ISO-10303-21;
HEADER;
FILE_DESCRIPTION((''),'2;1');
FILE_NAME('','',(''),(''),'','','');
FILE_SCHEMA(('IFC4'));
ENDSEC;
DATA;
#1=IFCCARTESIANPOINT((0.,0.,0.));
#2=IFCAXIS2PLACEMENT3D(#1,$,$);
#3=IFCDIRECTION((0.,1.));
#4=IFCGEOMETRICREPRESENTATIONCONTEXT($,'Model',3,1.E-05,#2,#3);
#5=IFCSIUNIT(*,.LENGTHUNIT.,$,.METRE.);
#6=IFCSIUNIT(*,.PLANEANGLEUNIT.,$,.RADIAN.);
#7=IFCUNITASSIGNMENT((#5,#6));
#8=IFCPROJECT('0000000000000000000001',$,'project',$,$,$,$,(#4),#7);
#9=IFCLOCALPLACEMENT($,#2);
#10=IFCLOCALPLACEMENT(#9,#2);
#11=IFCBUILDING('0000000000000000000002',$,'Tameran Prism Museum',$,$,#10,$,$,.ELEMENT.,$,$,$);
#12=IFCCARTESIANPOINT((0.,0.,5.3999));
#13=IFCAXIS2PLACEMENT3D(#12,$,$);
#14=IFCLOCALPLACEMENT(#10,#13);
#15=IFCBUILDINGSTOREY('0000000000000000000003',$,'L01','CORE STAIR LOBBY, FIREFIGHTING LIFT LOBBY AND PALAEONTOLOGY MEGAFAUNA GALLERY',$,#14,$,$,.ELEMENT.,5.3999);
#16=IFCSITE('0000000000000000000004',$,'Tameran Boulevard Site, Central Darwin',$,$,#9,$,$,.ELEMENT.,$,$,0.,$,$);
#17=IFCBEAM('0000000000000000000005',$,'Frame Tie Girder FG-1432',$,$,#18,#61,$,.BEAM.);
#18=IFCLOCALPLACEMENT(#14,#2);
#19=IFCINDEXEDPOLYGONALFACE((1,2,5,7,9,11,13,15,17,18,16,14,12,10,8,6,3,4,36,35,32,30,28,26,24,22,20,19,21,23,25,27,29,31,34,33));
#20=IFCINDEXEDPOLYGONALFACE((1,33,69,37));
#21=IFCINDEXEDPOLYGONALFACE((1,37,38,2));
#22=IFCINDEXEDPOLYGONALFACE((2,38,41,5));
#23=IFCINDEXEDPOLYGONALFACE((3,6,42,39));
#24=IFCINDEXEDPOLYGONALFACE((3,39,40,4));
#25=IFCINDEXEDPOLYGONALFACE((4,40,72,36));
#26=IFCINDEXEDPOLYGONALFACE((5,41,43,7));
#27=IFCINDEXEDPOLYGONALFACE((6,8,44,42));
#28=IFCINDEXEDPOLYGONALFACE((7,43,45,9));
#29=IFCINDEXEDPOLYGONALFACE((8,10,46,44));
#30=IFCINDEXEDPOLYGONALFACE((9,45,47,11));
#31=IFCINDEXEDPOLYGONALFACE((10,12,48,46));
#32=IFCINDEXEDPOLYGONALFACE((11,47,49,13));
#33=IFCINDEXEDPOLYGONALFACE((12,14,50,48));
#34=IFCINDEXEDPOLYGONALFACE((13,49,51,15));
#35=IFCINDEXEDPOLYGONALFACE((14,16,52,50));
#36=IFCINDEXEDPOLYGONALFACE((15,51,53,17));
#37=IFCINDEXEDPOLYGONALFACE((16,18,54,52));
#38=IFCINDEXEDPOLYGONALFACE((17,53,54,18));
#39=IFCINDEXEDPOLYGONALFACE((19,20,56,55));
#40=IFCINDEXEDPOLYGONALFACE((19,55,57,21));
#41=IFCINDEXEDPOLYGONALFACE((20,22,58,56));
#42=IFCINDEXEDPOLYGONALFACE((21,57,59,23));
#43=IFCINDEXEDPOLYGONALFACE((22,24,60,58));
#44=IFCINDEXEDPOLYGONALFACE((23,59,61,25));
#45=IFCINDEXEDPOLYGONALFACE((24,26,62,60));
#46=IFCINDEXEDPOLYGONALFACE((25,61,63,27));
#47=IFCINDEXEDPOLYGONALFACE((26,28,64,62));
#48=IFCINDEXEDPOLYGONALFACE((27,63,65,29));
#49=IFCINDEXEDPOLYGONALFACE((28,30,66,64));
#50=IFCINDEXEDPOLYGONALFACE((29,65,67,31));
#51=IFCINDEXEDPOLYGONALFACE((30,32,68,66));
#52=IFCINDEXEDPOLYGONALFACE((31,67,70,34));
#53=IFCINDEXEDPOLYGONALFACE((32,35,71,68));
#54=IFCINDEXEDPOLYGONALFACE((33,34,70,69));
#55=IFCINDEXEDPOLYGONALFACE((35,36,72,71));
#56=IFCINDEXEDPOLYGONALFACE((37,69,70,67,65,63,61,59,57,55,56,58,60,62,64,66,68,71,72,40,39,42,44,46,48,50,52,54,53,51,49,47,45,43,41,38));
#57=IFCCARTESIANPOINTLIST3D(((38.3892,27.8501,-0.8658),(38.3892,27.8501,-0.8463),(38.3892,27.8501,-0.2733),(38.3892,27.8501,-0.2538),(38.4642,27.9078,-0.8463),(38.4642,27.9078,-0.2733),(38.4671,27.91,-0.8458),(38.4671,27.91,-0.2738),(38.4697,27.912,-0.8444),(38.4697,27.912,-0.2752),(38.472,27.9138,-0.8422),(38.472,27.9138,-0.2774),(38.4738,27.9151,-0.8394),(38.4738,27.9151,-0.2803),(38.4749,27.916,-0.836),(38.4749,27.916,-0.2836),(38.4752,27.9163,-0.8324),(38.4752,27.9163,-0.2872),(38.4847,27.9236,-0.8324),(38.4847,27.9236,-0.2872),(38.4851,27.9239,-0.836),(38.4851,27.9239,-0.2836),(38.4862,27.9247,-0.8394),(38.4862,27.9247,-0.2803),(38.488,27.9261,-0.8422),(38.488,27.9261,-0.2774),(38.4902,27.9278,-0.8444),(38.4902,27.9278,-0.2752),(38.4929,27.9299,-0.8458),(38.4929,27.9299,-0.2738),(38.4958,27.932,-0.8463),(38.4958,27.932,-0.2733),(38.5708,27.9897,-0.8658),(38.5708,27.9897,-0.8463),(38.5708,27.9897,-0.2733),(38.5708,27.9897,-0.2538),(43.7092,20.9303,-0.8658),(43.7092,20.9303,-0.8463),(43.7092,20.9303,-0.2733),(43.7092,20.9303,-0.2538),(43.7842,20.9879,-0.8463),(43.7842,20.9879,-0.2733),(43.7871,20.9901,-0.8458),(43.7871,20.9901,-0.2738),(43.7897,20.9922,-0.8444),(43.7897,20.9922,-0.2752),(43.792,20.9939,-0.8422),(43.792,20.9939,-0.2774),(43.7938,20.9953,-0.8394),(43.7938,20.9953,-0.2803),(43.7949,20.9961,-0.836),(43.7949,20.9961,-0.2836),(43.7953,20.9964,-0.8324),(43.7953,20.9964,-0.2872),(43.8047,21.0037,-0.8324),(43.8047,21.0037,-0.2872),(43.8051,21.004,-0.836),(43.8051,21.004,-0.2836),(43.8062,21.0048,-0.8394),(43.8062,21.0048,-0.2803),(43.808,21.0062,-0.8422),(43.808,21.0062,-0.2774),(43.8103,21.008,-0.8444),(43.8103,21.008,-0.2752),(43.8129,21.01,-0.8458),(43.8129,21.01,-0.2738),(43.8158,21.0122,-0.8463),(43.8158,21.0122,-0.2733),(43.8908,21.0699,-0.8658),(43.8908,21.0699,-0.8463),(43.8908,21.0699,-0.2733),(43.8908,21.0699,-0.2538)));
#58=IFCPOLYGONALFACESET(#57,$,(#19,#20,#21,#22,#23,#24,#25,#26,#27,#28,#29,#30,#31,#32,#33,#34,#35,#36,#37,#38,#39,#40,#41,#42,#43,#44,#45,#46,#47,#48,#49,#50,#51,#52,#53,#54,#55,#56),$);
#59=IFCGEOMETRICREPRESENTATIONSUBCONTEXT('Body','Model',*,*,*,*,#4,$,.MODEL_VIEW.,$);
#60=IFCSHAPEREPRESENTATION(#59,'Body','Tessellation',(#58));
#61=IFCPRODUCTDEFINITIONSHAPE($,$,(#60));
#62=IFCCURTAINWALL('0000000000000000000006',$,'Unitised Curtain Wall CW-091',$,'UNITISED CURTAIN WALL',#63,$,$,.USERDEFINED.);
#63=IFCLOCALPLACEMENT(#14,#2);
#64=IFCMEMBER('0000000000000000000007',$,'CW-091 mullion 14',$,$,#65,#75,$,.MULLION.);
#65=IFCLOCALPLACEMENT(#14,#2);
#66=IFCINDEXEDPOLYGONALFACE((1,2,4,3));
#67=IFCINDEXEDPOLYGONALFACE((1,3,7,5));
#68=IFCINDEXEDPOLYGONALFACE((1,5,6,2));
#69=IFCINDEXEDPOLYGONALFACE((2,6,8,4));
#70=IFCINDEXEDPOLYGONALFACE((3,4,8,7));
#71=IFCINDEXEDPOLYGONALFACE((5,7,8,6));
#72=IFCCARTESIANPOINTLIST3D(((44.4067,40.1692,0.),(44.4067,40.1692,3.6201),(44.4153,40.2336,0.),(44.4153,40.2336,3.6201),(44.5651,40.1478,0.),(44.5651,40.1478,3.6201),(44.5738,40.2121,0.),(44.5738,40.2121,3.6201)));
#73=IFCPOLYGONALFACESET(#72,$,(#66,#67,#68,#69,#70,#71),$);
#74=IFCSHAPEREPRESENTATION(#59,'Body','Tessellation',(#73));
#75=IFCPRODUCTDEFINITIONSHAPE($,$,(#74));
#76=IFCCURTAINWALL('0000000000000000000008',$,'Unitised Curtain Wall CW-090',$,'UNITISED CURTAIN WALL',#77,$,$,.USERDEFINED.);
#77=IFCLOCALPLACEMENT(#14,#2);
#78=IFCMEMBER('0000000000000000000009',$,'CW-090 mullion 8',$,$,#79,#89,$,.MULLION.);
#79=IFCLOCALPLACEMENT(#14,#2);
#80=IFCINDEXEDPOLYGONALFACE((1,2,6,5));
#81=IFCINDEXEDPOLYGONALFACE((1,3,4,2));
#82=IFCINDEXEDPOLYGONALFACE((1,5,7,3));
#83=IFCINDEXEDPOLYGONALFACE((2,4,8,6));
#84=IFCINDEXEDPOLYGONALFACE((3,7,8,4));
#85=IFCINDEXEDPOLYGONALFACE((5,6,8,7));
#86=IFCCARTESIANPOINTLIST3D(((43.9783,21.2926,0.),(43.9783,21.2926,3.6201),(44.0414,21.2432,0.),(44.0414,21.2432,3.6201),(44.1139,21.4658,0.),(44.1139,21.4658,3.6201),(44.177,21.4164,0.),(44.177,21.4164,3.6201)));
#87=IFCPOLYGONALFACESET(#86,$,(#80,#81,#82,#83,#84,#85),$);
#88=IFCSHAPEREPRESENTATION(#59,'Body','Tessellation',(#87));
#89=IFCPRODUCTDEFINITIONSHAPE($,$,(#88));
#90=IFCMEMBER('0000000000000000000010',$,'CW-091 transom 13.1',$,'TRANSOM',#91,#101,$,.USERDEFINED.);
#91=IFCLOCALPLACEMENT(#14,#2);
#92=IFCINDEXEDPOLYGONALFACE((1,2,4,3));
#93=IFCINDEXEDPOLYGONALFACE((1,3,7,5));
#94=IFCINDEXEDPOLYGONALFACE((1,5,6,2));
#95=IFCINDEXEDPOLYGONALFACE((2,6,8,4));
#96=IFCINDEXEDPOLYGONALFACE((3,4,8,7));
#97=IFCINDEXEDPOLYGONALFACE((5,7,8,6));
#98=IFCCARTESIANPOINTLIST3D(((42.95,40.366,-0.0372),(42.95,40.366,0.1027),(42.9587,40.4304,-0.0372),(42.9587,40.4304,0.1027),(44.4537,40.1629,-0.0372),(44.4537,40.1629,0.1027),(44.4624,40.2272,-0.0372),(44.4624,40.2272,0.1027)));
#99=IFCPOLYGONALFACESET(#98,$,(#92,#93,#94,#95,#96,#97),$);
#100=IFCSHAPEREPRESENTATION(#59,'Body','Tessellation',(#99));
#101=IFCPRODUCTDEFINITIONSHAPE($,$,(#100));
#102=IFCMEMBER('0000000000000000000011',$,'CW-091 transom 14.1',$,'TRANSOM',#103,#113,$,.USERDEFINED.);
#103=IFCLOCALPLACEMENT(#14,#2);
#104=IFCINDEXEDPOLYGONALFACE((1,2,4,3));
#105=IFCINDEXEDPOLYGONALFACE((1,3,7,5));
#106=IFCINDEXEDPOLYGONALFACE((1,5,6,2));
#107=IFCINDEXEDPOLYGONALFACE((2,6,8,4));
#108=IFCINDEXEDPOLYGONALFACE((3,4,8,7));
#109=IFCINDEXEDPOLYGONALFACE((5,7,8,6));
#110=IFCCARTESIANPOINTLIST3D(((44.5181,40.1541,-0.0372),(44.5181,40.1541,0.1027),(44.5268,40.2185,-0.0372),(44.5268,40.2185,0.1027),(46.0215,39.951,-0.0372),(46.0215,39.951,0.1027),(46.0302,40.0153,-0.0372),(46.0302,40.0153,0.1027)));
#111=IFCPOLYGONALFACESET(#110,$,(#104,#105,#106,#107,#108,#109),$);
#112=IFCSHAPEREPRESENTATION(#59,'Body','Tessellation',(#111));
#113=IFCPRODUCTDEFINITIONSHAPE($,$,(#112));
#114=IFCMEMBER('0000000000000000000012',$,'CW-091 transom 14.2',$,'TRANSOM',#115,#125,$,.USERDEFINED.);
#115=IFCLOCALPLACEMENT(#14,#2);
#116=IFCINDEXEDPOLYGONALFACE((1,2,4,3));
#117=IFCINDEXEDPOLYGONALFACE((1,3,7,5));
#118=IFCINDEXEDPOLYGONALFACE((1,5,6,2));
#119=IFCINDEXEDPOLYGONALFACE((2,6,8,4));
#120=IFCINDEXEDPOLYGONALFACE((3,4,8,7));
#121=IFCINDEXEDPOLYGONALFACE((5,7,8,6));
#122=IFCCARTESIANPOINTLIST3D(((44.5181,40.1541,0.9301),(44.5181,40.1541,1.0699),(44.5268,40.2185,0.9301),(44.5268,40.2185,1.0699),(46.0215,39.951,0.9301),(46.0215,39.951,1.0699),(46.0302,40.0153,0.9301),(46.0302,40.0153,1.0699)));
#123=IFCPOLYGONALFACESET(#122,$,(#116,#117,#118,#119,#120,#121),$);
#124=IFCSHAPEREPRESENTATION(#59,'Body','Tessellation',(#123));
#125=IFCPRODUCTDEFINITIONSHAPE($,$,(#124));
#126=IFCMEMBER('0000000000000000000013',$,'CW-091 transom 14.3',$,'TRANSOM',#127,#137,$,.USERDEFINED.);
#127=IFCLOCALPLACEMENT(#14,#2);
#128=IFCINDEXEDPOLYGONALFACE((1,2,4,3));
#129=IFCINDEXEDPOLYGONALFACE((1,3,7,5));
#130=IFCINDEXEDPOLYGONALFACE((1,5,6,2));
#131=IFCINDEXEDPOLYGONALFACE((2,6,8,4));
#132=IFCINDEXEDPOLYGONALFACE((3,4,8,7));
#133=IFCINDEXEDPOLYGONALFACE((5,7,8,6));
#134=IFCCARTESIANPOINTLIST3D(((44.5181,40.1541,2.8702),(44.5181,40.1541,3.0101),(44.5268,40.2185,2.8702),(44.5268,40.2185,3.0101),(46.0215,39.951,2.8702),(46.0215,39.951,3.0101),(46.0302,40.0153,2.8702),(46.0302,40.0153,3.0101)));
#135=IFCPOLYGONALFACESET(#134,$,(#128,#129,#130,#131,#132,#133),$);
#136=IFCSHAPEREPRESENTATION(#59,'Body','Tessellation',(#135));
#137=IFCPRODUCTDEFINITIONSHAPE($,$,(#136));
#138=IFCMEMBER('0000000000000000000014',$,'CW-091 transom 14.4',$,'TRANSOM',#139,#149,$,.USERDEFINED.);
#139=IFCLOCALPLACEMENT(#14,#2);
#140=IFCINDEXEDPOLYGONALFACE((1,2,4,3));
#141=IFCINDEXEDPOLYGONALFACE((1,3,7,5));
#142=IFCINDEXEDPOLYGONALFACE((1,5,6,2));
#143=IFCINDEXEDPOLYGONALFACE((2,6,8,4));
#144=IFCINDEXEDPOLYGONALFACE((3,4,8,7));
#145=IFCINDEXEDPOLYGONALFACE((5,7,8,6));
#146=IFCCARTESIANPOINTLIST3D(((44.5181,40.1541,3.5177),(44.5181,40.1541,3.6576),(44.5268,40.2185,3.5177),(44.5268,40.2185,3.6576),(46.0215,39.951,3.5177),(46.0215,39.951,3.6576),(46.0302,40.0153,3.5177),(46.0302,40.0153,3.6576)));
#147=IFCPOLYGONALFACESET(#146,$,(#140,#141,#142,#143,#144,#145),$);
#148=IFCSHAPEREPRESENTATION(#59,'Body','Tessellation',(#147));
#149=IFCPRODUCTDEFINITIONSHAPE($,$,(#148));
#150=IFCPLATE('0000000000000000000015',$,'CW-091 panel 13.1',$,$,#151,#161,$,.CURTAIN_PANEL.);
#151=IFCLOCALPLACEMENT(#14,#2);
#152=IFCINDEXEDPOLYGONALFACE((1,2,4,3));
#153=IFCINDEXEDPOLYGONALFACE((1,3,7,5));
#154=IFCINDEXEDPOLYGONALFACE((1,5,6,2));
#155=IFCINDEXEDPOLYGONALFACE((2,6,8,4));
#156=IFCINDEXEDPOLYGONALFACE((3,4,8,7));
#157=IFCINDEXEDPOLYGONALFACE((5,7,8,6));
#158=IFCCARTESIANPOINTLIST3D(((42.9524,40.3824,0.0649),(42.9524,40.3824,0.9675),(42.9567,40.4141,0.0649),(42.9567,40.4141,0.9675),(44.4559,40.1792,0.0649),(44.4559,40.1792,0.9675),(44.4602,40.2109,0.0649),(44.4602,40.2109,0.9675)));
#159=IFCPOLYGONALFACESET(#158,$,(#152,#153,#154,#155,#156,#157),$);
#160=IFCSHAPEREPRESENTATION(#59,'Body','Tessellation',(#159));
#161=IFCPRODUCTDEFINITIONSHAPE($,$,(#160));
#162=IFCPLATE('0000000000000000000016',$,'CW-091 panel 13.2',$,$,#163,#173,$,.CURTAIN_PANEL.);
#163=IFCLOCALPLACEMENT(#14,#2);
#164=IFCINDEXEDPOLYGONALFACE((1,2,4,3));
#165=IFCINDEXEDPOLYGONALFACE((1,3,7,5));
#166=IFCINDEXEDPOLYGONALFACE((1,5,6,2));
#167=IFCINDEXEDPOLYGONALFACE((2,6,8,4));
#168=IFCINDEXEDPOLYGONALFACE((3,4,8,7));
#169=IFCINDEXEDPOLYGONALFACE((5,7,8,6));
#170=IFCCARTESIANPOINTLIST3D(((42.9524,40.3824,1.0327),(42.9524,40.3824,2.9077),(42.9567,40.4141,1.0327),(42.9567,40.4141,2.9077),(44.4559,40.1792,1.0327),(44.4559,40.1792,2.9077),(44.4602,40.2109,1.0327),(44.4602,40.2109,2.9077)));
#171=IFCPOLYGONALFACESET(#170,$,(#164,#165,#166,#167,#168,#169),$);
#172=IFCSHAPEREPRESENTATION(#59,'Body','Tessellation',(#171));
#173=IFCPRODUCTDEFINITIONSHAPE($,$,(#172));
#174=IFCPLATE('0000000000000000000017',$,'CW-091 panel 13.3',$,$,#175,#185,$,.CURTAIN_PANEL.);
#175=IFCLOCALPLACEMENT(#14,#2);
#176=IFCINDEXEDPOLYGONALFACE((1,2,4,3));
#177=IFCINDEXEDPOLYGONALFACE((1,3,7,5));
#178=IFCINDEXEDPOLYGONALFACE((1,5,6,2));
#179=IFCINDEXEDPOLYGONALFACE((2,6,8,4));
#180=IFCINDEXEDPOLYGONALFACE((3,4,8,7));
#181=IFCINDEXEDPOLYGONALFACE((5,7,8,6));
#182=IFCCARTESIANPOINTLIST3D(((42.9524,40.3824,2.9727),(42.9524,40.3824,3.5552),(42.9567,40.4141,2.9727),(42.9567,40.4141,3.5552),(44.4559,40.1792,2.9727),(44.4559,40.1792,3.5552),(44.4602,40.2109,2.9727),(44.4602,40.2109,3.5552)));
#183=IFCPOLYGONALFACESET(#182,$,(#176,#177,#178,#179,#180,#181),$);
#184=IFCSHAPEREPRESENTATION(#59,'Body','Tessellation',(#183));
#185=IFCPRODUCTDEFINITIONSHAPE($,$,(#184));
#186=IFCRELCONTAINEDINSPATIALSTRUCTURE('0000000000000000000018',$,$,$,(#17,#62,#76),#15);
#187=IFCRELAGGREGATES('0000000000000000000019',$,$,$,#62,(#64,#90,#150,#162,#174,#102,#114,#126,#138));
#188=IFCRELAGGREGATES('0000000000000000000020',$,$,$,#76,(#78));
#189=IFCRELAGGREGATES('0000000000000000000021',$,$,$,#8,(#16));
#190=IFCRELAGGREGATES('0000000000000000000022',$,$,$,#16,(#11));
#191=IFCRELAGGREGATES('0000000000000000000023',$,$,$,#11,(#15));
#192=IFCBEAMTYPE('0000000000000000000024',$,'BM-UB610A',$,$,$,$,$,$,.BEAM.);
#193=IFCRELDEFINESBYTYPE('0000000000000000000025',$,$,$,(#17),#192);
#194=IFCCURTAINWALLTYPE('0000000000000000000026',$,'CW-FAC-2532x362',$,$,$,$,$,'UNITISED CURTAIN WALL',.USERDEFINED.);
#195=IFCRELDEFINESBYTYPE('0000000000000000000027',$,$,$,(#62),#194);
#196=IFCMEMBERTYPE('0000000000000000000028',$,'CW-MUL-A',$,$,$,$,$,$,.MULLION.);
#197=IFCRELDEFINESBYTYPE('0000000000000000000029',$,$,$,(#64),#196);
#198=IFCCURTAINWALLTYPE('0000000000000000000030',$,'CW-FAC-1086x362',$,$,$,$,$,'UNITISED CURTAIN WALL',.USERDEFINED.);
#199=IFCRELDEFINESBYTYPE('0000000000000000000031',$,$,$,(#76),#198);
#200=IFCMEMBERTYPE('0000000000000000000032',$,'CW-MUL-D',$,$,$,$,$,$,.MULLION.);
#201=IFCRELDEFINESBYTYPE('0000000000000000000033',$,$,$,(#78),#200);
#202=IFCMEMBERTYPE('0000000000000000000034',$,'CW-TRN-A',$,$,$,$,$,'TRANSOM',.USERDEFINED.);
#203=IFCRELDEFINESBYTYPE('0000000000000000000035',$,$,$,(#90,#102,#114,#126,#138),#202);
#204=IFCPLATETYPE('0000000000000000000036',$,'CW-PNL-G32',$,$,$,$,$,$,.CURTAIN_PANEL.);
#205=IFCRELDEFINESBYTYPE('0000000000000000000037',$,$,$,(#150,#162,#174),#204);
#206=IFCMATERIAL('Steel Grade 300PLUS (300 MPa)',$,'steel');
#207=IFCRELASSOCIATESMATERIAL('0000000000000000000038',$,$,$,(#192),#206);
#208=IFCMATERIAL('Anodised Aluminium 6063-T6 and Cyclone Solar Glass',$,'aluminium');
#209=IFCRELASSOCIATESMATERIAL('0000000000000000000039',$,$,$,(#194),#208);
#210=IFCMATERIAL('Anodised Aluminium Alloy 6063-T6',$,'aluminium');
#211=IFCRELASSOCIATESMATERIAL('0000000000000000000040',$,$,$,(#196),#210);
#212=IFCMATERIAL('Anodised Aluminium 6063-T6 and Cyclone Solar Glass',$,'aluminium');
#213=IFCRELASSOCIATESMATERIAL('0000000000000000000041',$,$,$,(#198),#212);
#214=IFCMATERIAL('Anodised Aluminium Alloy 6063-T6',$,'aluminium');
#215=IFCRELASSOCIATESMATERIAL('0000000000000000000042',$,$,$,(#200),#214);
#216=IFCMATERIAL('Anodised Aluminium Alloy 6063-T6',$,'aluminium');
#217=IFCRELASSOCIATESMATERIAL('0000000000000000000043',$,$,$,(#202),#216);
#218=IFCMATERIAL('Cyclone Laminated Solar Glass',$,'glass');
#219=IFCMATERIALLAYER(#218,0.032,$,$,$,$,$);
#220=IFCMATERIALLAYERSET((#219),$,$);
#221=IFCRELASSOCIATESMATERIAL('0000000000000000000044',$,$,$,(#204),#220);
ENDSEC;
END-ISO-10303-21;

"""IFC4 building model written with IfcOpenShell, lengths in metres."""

from ifc_helpers import new_model, si_unit, direction, frame, origin, origin_2d, place, context, subcontext, project, spatial, rectangle, i_section, extrude, material, layer, layer_set, material_profile, profile_set, type_object, element, aggregate, save


model = new_model("IFC4")

# Units and contexts
model_context = context("Model", 3, precision=1e-05, world=origin(), true_north=direction((0.0, 1.0)))
body_context = subcontext(model_context, "Body", "Model", "MODEL_VIEW")
ifc_project = project(units=[si_unit("LENGTHUNIT", "METRE"), si_unit("PLANEANGLEUNIT", "RADIAN")], contexts=[model_context])

# Site, building, storey
site_placement = place(None, origin())
site = spatial("IfcSite", under=ifc_project, at=site_placement, Name="Tameran Boulevard Site, Central Darwin", CompositionType="ELEMENT", RefElevation=0.0)
building_placement = place(site_placement, origin())
building = spatial("IfcBuilding", under=site, at=building_placement, Name="Tameran Prism Museum", CompositionType="ELEMENT")
storey_placement = place(building_placement, frame((0.0, 0.0, 5.3999)))
storey = spatial("IfcBuildingStorey", under=building, at=storey_placement, Name="L01", Description="CORE STAIR LOBBY, FIREFIGHTING LIFT LOBBY AND PALAEONTOLOGY MEGAFAUNA GALLERY", CompositionType="ELEMENT", Elevation=5.3999)

# Beam
ifc_material_1 = material(Name="Steel Grade 300PLUS (300 MPa)", Category="steel")
ifc_material_profile_1 = material_profile(ifc_material_1, i_section(OverallWidth=0.229, OverallDepth=0.6121, WebThickness=0.012, FlangeThickness=0.0195, FilletRadius=0.0139, at=origin_2d()))
ifc_profile_set_1 = profile_set([ifc_material_profile_1])
beam_type_1 = type_object("IfcBeamType", Name="BM-UB610A", PredefinedType="BEAM", material=ifc_profile_set_1)
beam_1_placement = place(storey_placement, frame((38.48, 27.9199, -0.5598), z_axis=(0.609499, -0.792787, 0.0), x_axis=(0.792787, 0.609499, 0.0)))
element("IfcBeam", 1, at=beam_1_placement, inside=storey, type_object=beam_type_1, Name="Frame Tie Girder FG-1432", PredefinedType="BEAM", context=body_context, shape_type="SweptSolid", body=[
    extrude(i_section(OverallWidth=0.229, OverallDepth=0.6121, WebThickness=0.012, FlangeThickness=0.0195, FilletRadius=0.0139, at=origin_2d()), origin(), (0.0, 0.0, 1.0), 8.7285),
])

# Curtain walls, members
ifc_material_2 = material(Name="Anodised Aluminium 6063-T6 and Cyclone Solar Glass", Category="aluminium")
curtain_wall_type_1 = type_object("IfcCurtainWallType", Name="CW-FAC-2532x362", ElementType="UNITISED CURTAIN WALL", PredefinedType="USERDEFINED", material=ifc_material_2)
curtain_wall_1_placement = place(storey_placement, origin())
curtain_wall_1 = element("IfcCurtainWall", 2, at=curtain_wall_1_placement, inside=storey, type_object=curtain_wall_type_1, Name="Unitised Curtain Wall CW-091", ObjectType="UNITISED CURTAIN WALL", PredefinedType="USERDEFINED")
ifc_material_3 = material(Name="Anodised Aluminium Alloy 6063-T6", Category="aluminium")
ifc_material_profile_2 = material_profile(ifc_material_3, rectangle(XDim=0.0649, YDim=0.1599, at=origin_2d()))
ifc_profile_set_2 = profile_set([ifc_material_profile_2])
member_type_1 = type_object("IfcMemberType", Name="CW-MUL-A", PredefinedType="MULLION", material=ifc_profile_set_2)
member_1_placement = place(storey_placement, frame((44.4902, 40.1907, 0.0), z_axis=(0.0, 0.0, 1.0), x_axis=(0.133913, 0.990993, 0.0)))
member_1 = element("IfcMember", 3, at=member_1_placement, type_object=member_type_1, Name="CW-091 mullion 14", PredefinedType="MULLION", context=body_context, shape_type="SweptSolid", body=[
    extrude(rectangle(XDim=0.0649, YDim=0.1599, at=origin_2d()), origin(), (0.0, 0.0, 1.0), 3.6201),
])
ifc_material_4 = material(Name="Anodised Aluminium 6063-T6 and Cyclone Solar Glass", Category="aluminium")
curtain_wall_type_2 = type_object("IfcCurtainWallType", Name="CW-FAC-1086x362", ElementType="UNITISED CURTAIN WALL", PredefinedType="USERDEFINED", material=ifc_material_4)
curtain_wall_2_placement = place(storey_placement, origin())
curtain_wall_2 = element("IfcCurtainWall", 4, at=curtain_wall_2_placement, inside=storey, type_object=curtain_wall_type_2, Name="Unitised Curtain Wall CW-090", ObjectType="UNITISED CURTAIN WALL", PredefinedType="USERDEFINED")
ifc_material_5 = material(Name="Anodised Aluminium Alloy 6063-T6", Category="aluminium")
ifc_material_profile_3 = material_profile(ifc_material_5, rectangle(XDim=0.0801, YDim=0.22, at=origin_2d()))
ifc_profile_set_3 = profile_set([ifc_material_profile_3])
member_type_2 = type_object("IfcMemberType", Name="CW-MUL-D", PredefinedType="MULLION", material=ifc_profile_set_3)
member_2_placement = place(storey_placement, frame((44.0776, 21.3545, 0.0), z_axis=(0.0, 0.0, 1.0), x_axis=(0.787524, -0.616283, 0.0)))
member_2 = element("IfcMember", 5, at=member_2_placement, type_object=member_type_2, Name="CW-090 mullion 8", PredefinedType="MULLION", context=body_context, shape_type="SweptSolid", body=[
    extrude(rectangle(XDim=0.0801, YDim=0.22, at=origin_2d()), origin(), (0.0, 0.0, 1.0), 3.6201),
])

# Members
ifc_material_6 = material(Name="Anodised Aluminium Alloy 6063-T6", Category="aluminium")
ifc_material_profile_4 = material_profile(ifc_material_6, rectangle(XDim=0.0649, YDim=0.1399, at=origin_2d()))
ifc_profile_set_4 = profile_set([ifc_material_profile_4])
member_type_3 = type_object("IfcMemberType", Name="CW-TRN-A", ElementType="TRANSOM", PredefinedType="USERDEFINED", material=ifc_profile_set_4)
member_3_placement = place(storey_placement, frame((42.9543, 40.3982, 0.0327), z_axis=(0.990999, -0.133871, 0.0), x_axis=(0.133871, 0.990999, 0.0)))
member_3 = element("IfcMember", 6, at=member_3_placement, type_object=member_type_3, Name="CW-091 transom 13.1", ObjectType="TRANSOM", PredefinedType="USERDEFINED", context=body_context, shape_type="SweptSolid", body=[
    extrude(rectangle(XDim=0.0649, YDim=0.1399, at=origin_2d()), origin(), (0.0, 0.0, 1.0), 1.5173),
])
member_4_placement = place(storey_placement, frame((44.5225, 40.1863, 0.0327), z_axis=(0.990996, -0.133892, 0.0), x_axis=(0.133892, 0.990996, 0.0)))
member_4 = element("IfcMember", 7, at=member_4_placement, type_object=member_type_3, Name="CW-091 transom 14.1", ObjectType="TRANSOM", PredefinedType="USERDEFINED", context=body_context, shape_type="SweptSolid", body=[
    extrude(rectangle(XDim=0.0649, YDim=0.1399, at=origin_2d()), origin(), (0.0, 0.0, 1.0), 1.5171),
])
member_5_placement = place(storey_placement, frame((44.5225, 40.1863, 1.0), z_axis=(0.990996, -0.133892, 0.0), x_axis=(0.133892, 0.990996, 0.0)))
member_5 = element("IfcMember", 8, at=member_5_placement, type_object=member_type_3, Name="CW-091 transom 14.2", ObjectType="TRANSOM", PredefinedType="USERDEFINED", context=body_context, shape_type="SweptSolid", body=[
    extrude(rectangle(XDim=0.0649, YDim=0.1399, at=origin_2d()), origin(), (0.0, 0.0, 1.0), 1.5171),
])
member_6_placement = place(storey_placement, frame((44.5225, 40.1863, 2.9402), z_axis=(0.990996, -0.133892, 0.0), x_axis=(0.133892, 0.990996, 0.0)))
member_6 = element("IfcMember", 9, at=member_6_placement, type_object=member_type_3, Name="CW-091 transom 14.3", ObjectType="TRANSOM", PredefinedType="USERDEFINED", context=body_context, shape_type="SweptSolid", body=[
    extrude(rectangle(XDim=0.0649, YDim=0.1399, at=origin_2d()), origin(), (0.0, 0.0, 1.0), 1.5171),
])
member_7_placement = place(storey_placement, frame((44.5225, 40.1863, 3.5876), z_axis=(0.990996, -0.133892, 0.0), x_axis=(0.133892, 0.990996, 0.0)))
member_7 = element("IfcMember", 10, at=member_7_placement, type_object=member_type_3, Name="CW-091 transom 14.4", ObjectType="TRANSOM", PredefinedType="USERDEFINED", context=body_context, shape_type="SweptSolid", body=[
    extrude(rectangle(XDim=0.0649, YDim=0.1399, at=origin_2d()), origin(), (0.0, 0.0, 1.0), 1.5171),
])

# Plates
ifc_material_7 = material(Name="Cyclone Laminated Solar Glass", Category="glass")
ifc_layer_1 = layer(ifc_material_7, 0.032)
ifc_layer_set_1 = layer_set([ifc_layer_1])
plate_type_1 = type_object("IfcPlateType", Name="CW-PNL-G32", PredefinedType="CURTAIN_PANEL", material=ifc_layer_set_1)
plate_1_placement = place(storey_placement, frame((43.7063, 40.2966, 0.0649), z_axis=(0.0, 0.0, 1.0), x_axis=(0.990993, -0.133913, 0.0)))
plate_1 = element("IfcPlate", 11, at=plate_1_placement, type_object=plate_type_1, Name="CW-091 panel 13.1", PredefinedType="CURTAIN_PANEL", context=body_context, shape_type="SweptSolid", body=[
    extrude(rectangle(XDim=1.5171, YDim=0.032, at=origin_2d()), origin(), (0.0, 0.0, 1.0), 0.9026),
])
plate_2_placement = place(storey_placement, frame((43.7063, 40.2966, 1.0327), z_axis=(0.0, 0.0, 1.0), x_axis=(0.990993, -0.133913, 0.0)))
plate_2 = element("IfcPlate", 12, at=plate_2_placement, type_object=plate_type_1, Name="CW-091 panel 13.2", PredefinedType="CURTAIN_PANEL", context=body_context, shape_type="SweptSolid", body=[
    extrude(rectangle(XDim=1.5171, YDim=0.032, at=origin_2d()), origin(), (0.0, 0.0, 1.0), 1.875),
])
plate_3_placement = place(storey_placement, frame((43.7063, 40.2966, 2.9727), z_axis=(0.0, 0.0, 1.0), x_axis=(0.990993, -0.133913, 0.0)))
plate_3 = element("IfcPlate", 13, at=plate_3_placement, type_object=plate_type_1, Name="CW-091 panel 13.3", PredefinedType="CURTAIN_PANEL", context=body_context, shape_type="SweptSolid", body=[
    extrude(rectangle(XDim=1.5171, YDim=0.032, at=origin_2d()), origin(), (0.0, 0.0, 1.0), 0.5825),
])
aggregate(curtain_wall_1, [member_1, member_3, plate_1, plate_2, plate_3, member_4, member_5, member_6, member_7])
aggregate(curtain_wall_2, [member_2])

save(model, "model.ifc")
